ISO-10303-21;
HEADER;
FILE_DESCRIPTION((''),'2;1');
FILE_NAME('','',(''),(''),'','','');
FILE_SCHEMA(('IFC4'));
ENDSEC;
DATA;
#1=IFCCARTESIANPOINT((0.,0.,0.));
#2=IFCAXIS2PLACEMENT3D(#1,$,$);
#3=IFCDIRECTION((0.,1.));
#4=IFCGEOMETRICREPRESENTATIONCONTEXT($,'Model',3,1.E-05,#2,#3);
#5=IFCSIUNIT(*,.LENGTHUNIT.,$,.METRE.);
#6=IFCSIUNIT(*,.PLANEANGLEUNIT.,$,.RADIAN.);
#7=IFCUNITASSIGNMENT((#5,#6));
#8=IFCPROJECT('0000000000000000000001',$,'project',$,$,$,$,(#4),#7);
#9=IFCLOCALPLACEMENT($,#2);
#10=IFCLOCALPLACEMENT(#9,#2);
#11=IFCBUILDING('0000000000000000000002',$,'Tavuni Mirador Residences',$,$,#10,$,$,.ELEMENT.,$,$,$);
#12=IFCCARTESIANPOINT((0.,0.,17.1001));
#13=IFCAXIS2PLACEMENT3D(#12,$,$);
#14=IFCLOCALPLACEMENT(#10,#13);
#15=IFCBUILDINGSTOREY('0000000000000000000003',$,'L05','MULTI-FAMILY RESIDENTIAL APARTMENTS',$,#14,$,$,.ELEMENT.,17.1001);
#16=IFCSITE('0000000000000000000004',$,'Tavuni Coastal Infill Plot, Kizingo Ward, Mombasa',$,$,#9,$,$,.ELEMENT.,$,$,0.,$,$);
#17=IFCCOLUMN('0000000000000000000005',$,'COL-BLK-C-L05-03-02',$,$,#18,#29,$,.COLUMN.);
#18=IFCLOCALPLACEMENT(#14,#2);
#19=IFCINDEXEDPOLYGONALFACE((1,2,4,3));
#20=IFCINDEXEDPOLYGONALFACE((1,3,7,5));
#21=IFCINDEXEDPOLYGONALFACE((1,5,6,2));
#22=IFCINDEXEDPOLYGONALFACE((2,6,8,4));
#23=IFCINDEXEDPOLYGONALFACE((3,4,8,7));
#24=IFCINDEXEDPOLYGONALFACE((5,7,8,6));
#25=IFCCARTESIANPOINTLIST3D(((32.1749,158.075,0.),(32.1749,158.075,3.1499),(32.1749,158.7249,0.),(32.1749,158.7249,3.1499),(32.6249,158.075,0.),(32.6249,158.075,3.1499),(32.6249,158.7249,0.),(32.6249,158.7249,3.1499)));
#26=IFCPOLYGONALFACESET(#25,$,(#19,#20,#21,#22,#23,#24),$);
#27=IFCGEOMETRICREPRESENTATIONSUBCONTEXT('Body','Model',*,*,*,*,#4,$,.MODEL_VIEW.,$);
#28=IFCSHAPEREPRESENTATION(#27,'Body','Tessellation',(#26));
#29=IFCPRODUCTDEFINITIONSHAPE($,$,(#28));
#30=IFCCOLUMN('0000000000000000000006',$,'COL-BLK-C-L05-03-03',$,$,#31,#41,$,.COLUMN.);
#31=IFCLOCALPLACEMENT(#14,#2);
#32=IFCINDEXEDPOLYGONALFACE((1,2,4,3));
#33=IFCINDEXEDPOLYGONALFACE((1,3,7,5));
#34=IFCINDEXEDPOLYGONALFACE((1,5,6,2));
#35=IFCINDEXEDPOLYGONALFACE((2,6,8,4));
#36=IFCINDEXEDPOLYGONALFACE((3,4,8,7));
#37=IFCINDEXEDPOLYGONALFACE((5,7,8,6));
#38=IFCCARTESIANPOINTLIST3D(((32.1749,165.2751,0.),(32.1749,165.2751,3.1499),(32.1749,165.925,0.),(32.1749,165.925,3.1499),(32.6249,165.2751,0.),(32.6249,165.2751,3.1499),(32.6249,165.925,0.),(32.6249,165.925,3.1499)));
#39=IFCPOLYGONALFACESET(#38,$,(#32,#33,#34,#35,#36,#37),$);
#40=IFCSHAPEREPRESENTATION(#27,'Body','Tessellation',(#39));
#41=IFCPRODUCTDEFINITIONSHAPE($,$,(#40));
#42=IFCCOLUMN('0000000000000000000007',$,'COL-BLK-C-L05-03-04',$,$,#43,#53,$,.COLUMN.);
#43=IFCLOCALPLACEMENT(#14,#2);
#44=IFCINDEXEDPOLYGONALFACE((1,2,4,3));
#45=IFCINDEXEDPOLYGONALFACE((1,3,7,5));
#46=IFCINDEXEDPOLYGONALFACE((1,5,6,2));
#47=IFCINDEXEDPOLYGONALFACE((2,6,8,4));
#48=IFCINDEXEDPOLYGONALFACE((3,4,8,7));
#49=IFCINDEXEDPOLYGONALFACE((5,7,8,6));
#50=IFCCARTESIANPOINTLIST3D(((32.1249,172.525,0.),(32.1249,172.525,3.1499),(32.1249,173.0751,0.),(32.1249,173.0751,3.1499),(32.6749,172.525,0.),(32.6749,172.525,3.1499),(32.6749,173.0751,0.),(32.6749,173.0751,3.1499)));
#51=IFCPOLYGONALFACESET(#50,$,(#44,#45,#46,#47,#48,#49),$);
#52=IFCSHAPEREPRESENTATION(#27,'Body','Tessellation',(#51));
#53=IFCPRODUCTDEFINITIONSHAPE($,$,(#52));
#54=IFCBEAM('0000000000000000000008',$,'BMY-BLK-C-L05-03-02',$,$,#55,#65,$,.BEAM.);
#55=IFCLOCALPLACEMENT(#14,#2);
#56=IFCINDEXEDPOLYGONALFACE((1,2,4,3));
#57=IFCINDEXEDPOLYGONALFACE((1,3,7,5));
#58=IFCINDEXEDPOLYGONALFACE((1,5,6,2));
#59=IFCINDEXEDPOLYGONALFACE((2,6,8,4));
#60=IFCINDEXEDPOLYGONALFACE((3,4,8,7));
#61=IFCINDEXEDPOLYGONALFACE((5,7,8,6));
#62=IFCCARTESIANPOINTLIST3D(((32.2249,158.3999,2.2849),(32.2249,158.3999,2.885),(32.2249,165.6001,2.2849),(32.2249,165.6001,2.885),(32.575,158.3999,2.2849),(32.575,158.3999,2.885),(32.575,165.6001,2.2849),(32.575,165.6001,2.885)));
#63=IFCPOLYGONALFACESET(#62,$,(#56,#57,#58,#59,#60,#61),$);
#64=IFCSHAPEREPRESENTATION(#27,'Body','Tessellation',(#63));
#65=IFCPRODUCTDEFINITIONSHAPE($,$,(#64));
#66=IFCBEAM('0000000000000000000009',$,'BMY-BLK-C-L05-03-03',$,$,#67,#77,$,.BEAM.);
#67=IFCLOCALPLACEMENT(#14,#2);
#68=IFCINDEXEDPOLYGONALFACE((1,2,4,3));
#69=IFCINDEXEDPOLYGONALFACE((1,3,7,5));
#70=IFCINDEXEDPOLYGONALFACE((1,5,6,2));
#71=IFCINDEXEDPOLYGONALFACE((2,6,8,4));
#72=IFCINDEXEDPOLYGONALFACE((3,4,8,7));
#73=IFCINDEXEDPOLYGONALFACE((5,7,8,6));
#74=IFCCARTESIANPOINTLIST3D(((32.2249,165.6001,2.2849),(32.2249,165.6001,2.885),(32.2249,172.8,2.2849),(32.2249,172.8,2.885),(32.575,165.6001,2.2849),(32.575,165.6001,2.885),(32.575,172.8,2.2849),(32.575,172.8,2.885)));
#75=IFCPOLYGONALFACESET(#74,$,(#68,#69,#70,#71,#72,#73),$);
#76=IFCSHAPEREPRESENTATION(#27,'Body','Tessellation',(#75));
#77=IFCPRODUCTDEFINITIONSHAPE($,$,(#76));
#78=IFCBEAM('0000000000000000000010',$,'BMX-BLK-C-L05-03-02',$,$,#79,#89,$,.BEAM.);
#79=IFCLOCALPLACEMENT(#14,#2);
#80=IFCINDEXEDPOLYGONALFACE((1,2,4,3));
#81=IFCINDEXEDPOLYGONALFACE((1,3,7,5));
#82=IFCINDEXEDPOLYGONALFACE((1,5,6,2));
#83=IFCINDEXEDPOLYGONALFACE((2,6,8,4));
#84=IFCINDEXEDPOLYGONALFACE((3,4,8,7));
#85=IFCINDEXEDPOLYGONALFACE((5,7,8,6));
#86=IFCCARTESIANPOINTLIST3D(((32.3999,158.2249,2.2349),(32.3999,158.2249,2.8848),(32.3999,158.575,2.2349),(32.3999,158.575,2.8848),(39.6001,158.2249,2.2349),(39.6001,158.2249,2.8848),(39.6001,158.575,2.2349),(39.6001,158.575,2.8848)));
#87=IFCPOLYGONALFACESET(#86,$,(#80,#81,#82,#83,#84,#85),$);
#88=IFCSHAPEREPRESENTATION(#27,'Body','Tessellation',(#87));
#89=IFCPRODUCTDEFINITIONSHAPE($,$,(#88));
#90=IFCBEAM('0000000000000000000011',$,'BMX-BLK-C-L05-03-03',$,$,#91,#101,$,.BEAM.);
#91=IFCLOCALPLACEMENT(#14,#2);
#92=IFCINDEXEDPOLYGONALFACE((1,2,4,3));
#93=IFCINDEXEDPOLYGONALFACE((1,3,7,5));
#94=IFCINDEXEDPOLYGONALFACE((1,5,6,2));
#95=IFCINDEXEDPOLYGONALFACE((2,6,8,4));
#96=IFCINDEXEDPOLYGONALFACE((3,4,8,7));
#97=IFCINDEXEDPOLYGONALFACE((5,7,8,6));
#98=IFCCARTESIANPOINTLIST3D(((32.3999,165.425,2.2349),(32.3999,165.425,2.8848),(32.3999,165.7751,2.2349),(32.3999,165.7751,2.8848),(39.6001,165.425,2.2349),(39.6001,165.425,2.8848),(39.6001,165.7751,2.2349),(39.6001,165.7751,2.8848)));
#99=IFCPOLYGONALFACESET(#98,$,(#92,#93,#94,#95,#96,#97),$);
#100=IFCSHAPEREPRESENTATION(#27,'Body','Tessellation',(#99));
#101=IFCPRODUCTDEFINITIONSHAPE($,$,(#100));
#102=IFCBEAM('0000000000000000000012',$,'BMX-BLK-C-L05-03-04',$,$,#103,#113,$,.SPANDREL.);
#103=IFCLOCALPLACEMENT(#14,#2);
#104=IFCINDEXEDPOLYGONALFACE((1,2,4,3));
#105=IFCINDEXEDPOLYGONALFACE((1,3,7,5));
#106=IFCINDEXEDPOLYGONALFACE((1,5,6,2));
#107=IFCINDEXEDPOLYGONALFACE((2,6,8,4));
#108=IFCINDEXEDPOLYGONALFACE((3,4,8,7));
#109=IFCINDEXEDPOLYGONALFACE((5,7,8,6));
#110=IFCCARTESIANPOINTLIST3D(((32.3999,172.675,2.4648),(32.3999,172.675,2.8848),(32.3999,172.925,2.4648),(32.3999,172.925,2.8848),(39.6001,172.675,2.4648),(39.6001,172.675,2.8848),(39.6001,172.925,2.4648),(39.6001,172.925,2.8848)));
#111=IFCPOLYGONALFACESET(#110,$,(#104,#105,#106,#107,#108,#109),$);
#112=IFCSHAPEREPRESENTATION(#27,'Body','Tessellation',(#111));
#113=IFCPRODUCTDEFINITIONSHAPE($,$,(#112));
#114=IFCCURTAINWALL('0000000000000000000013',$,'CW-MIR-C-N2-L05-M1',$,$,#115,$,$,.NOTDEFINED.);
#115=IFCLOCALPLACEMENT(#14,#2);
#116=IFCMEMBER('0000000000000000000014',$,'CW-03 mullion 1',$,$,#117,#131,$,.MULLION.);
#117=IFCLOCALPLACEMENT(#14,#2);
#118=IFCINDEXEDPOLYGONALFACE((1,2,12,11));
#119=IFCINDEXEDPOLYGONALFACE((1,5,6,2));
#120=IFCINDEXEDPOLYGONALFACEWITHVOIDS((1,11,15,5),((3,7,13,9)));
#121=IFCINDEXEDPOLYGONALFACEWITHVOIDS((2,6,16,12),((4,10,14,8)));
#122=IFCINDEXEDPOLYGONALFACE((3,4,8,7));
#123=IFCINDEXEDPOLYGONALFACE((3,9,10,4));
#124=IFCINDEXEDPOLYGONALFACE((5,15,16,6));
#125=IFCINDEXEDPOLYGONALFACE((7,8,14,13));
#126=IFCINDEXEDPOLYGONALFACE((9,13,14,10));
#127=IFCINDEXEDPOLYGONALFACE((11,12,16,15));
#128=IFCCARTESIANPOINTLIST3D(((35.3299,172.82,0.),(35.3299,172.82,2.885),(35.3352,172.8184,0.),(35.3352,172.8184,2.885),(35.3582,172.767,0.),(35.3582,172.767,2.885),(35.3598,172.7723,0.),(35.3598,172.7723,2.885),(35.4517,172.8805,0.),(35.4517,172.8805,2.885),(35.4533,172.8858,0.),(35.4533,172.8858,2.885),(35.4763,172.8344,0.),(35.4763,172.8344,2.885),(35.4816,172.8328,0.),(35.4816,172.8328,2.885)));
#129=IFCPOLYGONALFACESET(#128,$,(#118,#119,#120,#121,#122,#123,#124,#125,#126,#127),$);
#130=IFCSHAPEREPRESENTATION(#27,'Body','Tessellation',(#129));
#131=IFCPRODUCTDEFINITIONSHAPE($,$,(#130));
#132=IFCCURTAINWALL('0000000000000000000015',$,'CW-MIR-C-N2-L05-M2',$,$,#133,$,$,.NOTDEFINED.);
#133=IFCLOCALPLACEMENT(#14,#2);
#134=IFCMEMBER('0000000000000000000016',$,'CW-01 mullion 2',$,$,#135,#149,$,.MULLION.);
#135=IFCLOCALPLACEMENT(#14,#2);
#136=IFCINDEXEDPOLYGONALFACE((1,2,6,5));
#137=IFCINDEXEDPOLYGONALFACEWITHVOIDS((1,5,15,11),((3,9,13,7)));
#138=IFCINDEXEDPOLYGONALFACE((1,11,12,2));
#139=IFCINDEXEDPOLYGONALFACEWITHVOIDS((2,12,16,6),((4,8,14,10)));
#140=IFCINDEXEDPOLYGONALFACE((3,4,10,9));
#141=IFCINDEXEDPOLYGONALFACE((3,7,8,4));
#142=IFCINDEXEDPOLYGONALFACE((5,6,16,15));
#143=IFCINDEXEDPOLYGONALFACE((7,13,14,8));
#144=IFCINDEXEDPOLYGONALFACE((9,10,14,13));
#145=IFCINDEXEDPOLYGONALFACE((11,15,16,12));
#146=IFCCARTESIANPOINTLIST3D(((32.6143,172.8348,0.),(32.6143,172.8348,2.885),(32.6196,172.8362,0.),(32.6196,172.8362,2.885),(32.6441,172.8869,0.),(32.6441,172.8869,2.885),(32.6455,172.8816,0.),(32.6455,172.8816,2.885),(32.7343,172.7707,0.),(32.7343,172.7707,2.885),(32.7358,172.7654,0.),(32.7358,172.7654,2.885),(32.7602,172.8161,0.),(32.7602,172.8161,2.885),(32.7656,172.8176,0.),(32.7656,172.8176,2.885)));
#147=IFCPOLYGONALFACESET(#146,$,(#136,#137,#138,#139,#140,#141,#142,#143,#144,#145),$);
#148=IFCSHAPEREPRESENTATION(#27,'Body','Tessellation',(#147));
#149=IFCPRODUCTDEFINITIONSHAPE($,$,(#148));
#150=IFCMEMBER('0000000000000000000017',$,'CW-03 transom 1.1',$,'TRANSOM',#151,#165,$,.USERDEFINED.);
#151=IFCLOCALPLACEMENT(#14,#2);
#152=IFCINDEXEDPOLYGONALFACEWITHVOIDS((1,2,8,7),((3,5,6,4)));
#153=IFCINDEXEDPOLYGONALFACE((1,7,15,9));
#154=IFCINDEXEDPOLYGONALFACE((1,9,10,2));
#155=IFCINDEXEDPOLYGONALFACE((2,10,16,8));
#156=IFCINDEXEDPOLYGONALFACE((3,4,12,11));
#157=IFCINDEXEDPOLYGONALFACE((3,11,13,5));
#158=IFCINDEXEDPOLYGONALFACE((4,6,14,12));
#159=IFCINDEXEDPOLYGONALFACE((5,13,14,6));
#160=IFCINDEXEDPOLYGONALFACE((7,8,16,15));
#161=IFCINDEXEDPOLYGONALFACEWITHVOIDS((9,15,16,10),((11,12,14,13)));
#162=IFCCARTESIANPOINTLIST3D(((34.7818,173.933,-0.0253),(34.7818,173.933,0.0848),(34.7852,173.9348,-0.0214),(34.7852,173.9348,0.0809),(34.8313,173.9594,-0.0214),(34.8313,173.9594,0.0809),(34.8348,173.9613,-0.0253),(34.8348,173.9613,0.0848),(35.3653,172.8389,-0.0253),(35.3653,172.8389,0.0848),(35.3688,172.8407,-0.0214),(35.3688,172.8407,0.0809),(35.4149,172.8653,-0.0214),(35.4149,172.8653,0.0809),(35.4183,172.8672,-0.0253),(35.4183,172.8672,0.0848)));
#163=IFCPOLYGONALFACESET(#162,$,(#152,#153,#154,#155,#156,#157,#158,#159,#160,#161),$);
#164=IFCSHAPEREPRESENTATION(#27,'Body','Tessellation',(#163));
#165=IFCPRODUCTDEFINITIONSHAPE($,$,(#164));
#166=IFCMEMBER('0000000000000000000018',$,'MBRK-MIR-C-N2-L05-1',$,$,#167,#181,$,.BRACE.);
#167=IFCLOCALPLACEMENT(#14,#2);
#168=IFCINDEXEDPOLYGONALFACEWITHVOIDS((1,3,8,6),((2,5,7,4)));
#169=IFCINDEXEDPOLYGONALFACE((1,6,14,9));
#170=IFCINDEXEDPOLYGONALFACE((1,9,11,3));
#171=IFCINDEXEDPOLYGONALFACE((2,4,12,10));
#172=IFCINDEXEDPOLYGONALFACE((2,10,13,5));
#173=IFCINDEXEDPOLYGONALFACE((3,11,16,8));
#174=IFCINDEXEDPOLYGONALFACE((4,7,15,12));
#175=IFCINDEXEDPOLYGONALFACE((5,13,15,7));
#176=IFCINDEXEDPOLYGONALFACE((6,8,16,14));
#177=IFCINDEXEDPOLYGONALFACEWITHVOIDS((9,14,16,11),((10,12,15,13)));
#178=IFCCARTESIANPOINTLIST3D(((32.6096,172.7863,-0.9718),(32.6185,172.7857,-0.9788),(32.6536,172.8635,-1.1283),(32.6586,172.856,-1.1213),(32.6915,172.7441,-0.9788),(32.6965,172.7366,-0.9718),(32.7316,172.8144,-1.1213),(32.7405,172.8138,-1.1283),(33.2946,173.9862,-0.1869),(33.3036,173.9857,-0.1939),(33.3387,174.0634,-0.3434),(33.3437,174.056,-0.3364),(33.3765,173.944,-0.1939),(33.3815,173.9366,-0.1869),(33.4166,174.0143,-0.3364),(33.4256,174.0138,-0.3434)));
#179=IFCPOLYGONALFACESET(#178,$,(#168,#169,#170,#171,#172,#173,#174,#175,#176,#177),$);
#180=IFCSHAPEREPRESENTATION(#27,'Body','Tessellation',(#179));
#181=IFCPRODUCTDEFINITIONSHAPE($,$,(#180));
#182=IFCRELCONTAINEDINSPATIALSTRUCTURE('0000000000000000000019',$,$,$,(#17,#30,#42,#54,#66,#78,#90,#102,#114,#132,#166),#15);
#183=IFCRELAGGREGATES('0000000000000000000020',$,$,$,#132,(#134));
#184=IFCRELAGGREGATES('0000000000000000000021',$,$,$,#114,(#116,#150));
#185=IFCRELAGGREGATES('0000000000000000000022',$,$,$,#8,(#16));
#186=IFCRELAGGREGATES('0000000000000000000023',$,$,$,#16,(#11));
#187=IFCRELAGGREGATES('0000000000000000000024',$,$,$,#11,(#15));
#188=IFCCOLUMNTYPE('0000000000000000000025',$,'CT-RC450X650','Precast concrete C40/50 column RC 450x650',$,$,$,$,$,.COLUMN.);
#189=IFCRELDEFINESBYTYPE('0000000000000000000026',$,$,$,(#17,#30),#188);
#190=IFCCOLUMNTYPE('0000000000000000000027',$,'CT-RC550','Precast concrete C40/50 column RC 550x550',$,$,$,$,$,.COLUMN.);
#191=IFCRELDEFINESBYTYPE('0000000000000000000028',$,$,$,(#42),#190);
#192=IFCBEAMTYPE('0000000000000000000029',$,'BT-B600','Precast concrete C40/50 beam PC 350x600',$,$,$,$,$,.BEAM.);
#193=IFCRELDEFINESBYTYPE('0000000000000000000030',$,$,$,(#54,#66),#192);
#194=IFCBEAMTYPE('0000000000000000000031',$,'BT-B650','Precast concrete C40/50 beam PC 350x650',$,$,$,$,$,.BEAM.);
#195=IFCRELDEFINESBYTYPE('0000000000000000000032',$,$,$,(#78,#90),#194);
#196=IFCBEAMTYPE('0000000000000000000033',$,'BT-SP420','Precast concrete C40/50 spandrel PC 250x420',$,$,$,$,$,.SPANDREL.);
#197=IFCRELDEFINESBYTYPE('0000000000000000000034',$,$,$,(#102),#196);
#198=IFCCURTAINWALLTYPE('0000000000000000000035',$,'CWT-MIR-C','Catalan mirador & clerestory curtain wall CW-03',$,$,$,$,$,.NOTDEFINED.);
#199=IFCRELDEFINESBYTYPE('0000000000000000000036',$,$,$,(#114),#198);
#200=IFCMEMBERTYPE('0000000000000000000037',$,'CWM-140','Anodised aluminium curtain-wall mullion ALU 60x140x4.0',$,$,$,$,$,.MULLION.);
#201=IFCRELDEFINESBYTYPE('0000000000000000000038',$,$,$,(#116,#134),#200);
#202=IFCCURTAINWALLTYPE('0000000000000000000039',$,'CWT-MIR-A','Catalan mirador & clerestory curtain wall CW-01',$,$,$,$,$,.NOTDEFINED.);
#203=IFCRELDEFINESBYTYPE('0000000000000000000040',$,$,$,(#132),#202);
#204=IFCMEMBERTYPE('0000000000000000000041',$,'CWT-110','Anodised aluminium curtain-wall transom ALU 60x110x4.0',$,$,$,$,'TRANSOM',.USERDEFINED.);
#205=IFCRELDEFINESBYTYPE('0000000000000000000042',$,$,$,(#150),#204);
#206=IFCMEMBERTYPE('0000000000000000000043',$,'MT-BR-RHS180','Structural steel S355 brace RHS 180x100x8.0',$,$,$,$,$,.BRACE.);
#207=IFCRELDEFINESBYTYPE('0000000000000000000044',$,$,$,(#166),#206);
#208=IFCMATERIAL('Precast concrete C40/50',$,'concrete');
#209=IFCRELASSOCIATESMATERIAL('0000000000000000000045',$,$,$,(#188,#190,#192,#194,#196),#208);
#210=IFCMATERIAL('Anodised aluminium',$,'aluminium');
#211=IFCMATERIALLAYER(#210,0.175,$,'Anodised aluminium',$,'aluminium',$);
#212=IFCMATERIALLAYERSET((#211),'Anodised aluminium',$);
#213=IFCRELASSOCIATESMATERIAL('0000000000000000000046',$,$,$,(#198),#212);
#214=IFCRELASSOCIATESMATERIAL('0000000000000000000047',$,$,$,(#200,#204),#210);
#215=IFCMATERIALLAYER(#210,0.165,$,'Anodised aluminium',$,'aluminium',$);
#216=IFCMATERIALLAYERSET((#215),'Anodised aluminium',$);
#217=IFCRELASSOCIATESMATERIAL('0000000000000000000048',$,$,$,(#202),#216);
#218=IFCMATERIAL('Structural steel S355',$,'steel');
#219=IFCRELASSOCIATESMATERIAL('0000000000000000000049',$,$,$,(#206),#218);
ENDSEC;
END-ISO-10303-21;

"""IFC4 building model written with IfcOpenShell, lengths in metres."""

from ifc_helpers import new_model, si_unit, direction, frame, origin, origin_2d, place, context, subcontext, project, spatial, rectangle, hollow_rectangle, extrude, material, layer, layer_set, material_profile, profile_set, type_object, element, aggregate, save


model = new_model("IFC4")

# Units and contexts
model_context = context("Model", 3, precision=1e-05, world=origin(), true_north=direction((0.0, 1.0)))
body_context = subcontext(model_context, "Body", "Model", "MODEL_VIEW")
ifc_project = project(units=[si_unit("LENGTHUNIT", "METRE"), si_unit("PLANEANGLEUNIT", "RADIAN")], contexts=[model_context])

# Site, building, storey
site_placement = place(None, origin())
site = spatial("IfcSite", under=ifc_project, at=site_placement, Name="Tavuni Coastal Infill Plot, Kizingo Ward, Mombasa", CompositionType="ELEMENT", RefElevation=0.0)
building_placement = place(site_placement, origin())
building = spatial("IfcBuilding", under=site, at=building_placement, Name="Tavuni Mirador Residences", CompositionType="ELEMENT")
storey_placement = place(building_placement, frame((0.0, 0.0, 17.1001)))
storey = spatial("IfcBuildingStorey", under=building, at=storey_placement, Name="L05", Description="MULTI-FAMILY RESIDENTIAL APARTMENTS", CompositionType="ELEMENT", Elevation=17.1001)

# Columns
ifc_material_1 = material(Name="Precast concrete C40/50", Category="concrete")
ifc_material_profile_1 = material_profile(ifc_material_1, rectangle(XDim=0.45, YDim=0.6499, at=origin_2d()), Name="RC 450x650", Category="concrete")
ifc_profile_set_1 = profile_set([ifc_material_profile_1], Name="Precast concrete C40/50")
column_type_1 = type_object("IfcColumnType", Name="CT-RC450X650", Description="Precast concrete C40/50 column RC 450x650", PredefinedType="COLUMN", material=ifc_profile_set_1)
for number, where, z_axis, x_axis, name in (
    (1, (32.3999, 158.3999, 0.0), (0.0, 0.0, 1.0), (1.0, 0.0, 0.0), "COL-BLK-C-L05-03-02"),
    (2, (32.3999, 165.6001, 0.0), (0.0, 0.0, 1.0), (1.0, 0.0, 0.0), "COL-BLK-C-L05-03-03"),
):
    element("IfcColumn", number, at=place(storey_placement, frame(where, z_axis=z_axis, x_axis=x_axis)), inside=storey, type_object=column_type_1, Name=name, PredefinedType="COLUMN", context=body_context, shape_type="SweptSolid", body=[
        extrude(rectangle(XDim=0.45, YDim=0.6499, at=origin_2d()), origin(), (0.0, 0.0, 1.0), 3.1499),
    ])
ifc_material_profile_2 = material_profile(ifc_material_1, rectangle(XDim=0.55, YDim=0.55, at=origin_2d()), Name="RC 550x550", Category="concrete")
ifc_profile_set_2 = profile_set([ifc_material_profile_2], Name="Precast concrete C40/50")
column_type_2 = type_object("IfcColumnType", Name="CT-RC550", Description="Precast concrete C40/50 column RC 550x550", PredefinedType="COLUMN", material=ifc_profile_set_2)
column_placement = place(storey_placement, frame((32.3999, 172.8, 0.0), z_axis=(0.0, 0.0, 1.0), x_axis=(1.0, 0.0, 0.0)))
element("IfcColumn", 3, at=column_placement, inside=storey, type_object=column_type_2, Name="COL-BLK-C-L05-03-04", PredefinedType="COLUMN", context=body_context, shape_type="SweptSolid", body=[
    extrude(rectangle(XDim=0.55, YDim=0.55, at=origin_2d()), origin(), (0.0, 0.0, 1.0), 3.1499),
])

# Beams
ifc_material_profile_3 = material_profile(ifc_material_1, rectangle(XDim=0.3501, YDim=0.6001, at=origin_2d()), Name="PC 350x600", Category="concrete")
ifc_profile_set_3 = profile_set([ifc_material_profile_3], Name="Precast concrete C40/50")
beam_type_1 = type_object("IfcBeamType", Name="BT-B600", Description="Precast concrete C40/50 beam PC 350x600", PredefinedType="BEAM", material=ifc_profile_set_3)
beam_1_placement = place(storey_placement, frame((32.3999, 158.3999, 2.585), z_axis=(0.0, 1.0, 0.0), x_axis=(-1.0, 0.0, 0.0)))
element("IfcBeam", 4, at=beam_1_placement, inside=storey, type_object=beam_type_1, Name="BMY-BLK-C-L05-03-02", PredefinedType="BEAM", context=body_context, shape_type="SweptSolid", body=[
    extrude(rectangle(XDim=0.3501, YDim=0.6001, at=origin_2d()), origin(), (0.0, 0.0, 1.0), 7.2002),
])
beam_2_placement = place(storey_placement, frame((32.3999, 165.6001, 2.585), z_axis=(0.0, 1.0, 0.0), x_axis=(-1.0, 0.0, 0.0)))
element("IfcBeam", 5, at=beam_2_placement, inside=storey, type_object=beam_type_1, Name="BMY-BLK-C-L05-03-03", PredefinedType="BEAM", context=body_context, shape_type="SweptSolid", body=[
    extrude(rectangle(XDim=0.3501, YDim=0.6001, at=origin_2d()), origin(), (0.0, 0.0, 1.0), 7.2),
])
ifc_material_profile_4 = material_profile(ifc_material_1, rectangle(XDim=0.3501, YDim=0.6499, at=origin_2d()), Name="PC 350x650", Category="concrete")
ifc_profile_set_4 = profile_set([ifc_material_profile_4], Name="Precast concrete C40/50")
beam_type_2 = type_object("IfcBeamType", Name="BT-B650", Description="Precast concrete C40/50 beam PC 350x650", PredefinedType="BEAM", material=ifc_profile_set_4)
for number, where, z_axis, x_axis, name in (
    (6, (32.3999, 158.3999, 2.5598), (1.0, 0.0, 0.0), (0.0, 1.0, 0.0), "BMX-BLK-C-L05-03-02"),
    (7, (32.3999, 165.6001, 2.5598), (1.0, 0.0, 0.0), (0.0, 1.0, 0.0), "BMX-BLK-C-L05-03-03"),
):
    element("IfcBeam", number, at=place(storey_placement, frame(where, z_axis=z_axis, x_axis=x_axis)), inside=storey, type_object=beam_type_2, Name=name, PredefinedType="BEAM", context=body_context, shape_type="SweptSolid", body=[
        extrude(rectangle(XDim=0.3501, YDim=0.6499, at=origin_2d()), origin(), (0.0, 0.0, 1.0), 7.2002),
    ])
ifc_material_profile_5 = material_profile(ifc_material_1, rectangle(XDim=0.25, YDim=0.4199, at=origin_2d()), Name="PC 250x420", Category="concrete")
ifc_profile_set_5 = profile_set([ifc_material_profile_5], Name="Precast concrete C40/50")
beam_type_3 = type_object("IfcBeamType", Name="BT-SP420", Description="Precast concrete C40/50 spandrel PC 250x420", PredefinedType="SPANDREL", material=ifc_profile_set_5)
beam_3_placement = place(storey_placement, frame((32.3999, 172.8, 2.6748), z_axis=(1.0, 0.0, 0.0), x_axis=(0.0, 1.0, 0.0)))
element("IfcBeam", 8, at=beam_3_placement, inside=storey, type_object=beam_type_3, Name="BMX-BLK-C-L05-03-04", PredefinedType="SPANDREL", context=body_context, shape_type="SweptSolid", body=[
    extrude(rectangle(XDim=0.25, YDim=0.4199, at=origin_2d()), origin(), (0.0, 0.0, 1.0), 7.2002),
])

# Curtain walls, members
ifc_material_2 = material(Name="Anodised aluminium", Category="aluminium")
ifc_layer_1 = layer(ifc_material_2, 0.175, Name="Anodised aluminium", Category="aluminium")
ifc_layer_set_1 = layer_set([ifc_layer_1], Name="Anodised aluminium")
curtain_wall_type_1 = type_object("IfcCurtainWallType", Name="CWT-MIR-C", Description="Catalan mirador & clerestory curtain wall CW-03", PredefinedType="NOTDEFINED", material=ifc_layer_set_1)
curtain_wall_1_placement = place(storey_placement, origin())
curtain_wall_1 = element("IfcCurtainWall", 9, at=curtain_wall_1_placement, inside=storey, type_object=curtain_wall_type_1, Name="CW-MIR-C-N2-L05-M1", PredefinedType="NOTDEFINED")
ifc_material_profile_6 = material_profile(ifc_material_2, hollow_rectangle(XDim=0.0601, YDim=0.1399, WallThickness=0.0039, at=origin_2d()), Name="ALU 60x140x4.0", Category="aluminium")
ifc_profile_set_6 = profile_set([ifc_material_profile_6], Name="Anodised aluminium")
member_type_1 = type_object("IfcMemberType", Name="CWM-140", Description="Anodised aluminium curtain-wall mullion ALU 60x140x4.0", PredefinedType="MULLION", material=ifc_profile_set_6)
member_1_placement = place(storey_placement, frame((35.4058, 172.8264, 0.0), z_axis=(0.0, 0.0, 1.0), x_axis=(-0.470588, 0.882353, 0.0)))
member_1 = element("IfcMember", 10, at=member_1_placement, type_object=member_type_1, Name="CW-03 mullion 1", PredefinedType="MULLION", context=body_context, shape_type="SweptSolid", body=[
    extrude(hollow_rectangle(XDim=0.0601, YDim=0.1399, WallThickness=0.0039, at=origin_2d()), origin(), (0.0, 0.0, 1.0), 2.885),
])
ifc_layer_2 = layer(ifc_material_2, 0.165, Name="Anodised aluminium", Category="aluminium")
ifc_layer_set_2 = layer_set([ifc_layer_2], Name="Anodised aluminium")
curtain_wall_type_2 = type_object("IfcCurtainWallType", Name="CWT-MIR-A", Description="Catalan mirador & clerestory curtain wall CW-01", PredefinedType="NOTDEFINED", material=ifc_layer_set_2)
curtain_wall_2_placement = place(storey_placement, origin())
curtain_wall_2 = element("IfcCurtainWall", 11, at=curtain_wall_2_placement, inside=storey, type_object=curtain_wall_type_2, Name="CW-MIR-C-N2-L05-M2", PredefinedType="NOTDEFINED")
member_2_placement = place(storey_placement, frame((32.6899, 172.8262, 0.0), z_axis=(0.0, 0.0, 1.0), x_axis=(-0.495749, -0.868466, 0.0)))
member_2 = element("IfcMember", 12, at=member_2_placement, type_object=member_type_1, Name="CW-01 mullion 2", PredefinedType="MULLION", context=body_context, shape_type="SweptSolid", body=[
    extrude(hollow_rectangle(XDim=0.0601, YDim=0.1399, WallThickness=0.0039, at=origin_2d()), origin(), (0.0, 0.0, 1.0), 2.885),
])
aggregate(curtain_wall_2, [member_2])

# Member
ifc_material_profile_7 = material_profile(ifc_material_2, hollow_rectangle(XDim=0.0601, YDim=0.1101, WallThickness=0.0039, at=origin_2d()), Name="ALU 60x110x4.0", Category="aluminium")
ifc_profile_set_7 = profile_set([ifc_material_profile_7], Name="Anodised aluminium")
member_type_2 = type_object("IfcMemberType", Name="CWT-110", Description="Anodised aluminium curtain-wall transom ALU 60x110x4.0", ElementType="TRANSOM", PredefinedType="USERDEFINED", material=ifc_profile_set_7)
member_3_placement = place(storey_placement, frame((35.3918, 172.853, 0.0298), z_axis=(-0.470609, 0.882342, 0.0), x_axis=(-0.882342, -0.470609, 0.0)))
member_3 = element("IfcMember", 13, at=member_3_placement, type_object=member_type_2, Name="CW-03 transom 1.1", ObjectType="TRANSOM", PredefinedType="USERDEFINED", context=body_context, shape_type="SweptSolid", body=[
    extrude(hollow_rectangle(XDim=0.0601, YDim=0.1101, WallThickness=0.0039, at=origin_2d()), origin(), (0.0, 0.0, 1.0), 1.24),
])
aggregate(curtain_wall_1, [member_1, member_3])

# Member
ifc_material_3 = material(Name="Structural steel S355", Category="steel")
ifc_material_profile_8 = material_profile(ifc_material_3, hollow_rectangle(XDim=0.1001, YDim=0.1799, WallThickness=0.0081, at=origin_2d()), Name="RHS 180x100x8.0", Category="steel")
ifc_profile_set_8 = profile_set([ifc_material_profile_8], Name="Structural steel S355")
member_type_3 = type_object("IfcMemberType", Name="MT-BR-RHS180", Description="Structural steel S355 brace RHS 180x100x8.0", PredefinedType="BRACE", material=ifc_profile_set_8)
member_4_placement = place(storey_placement, frame((32.675, 172.8, -1.05), z_axis=(0.431095, 0.755108, 0.493931), x_axis=(-0.868439, 0.495796, 0.0)))
element("IfcMember", 14, at=member_4_placement, inside=storey, type_object=member_type_3, Name="MBRK-MIR-C-N2-L05-1", PredefinedType="BRACE", context=body_context, shape_type="SweptSolid", body=[
    extrude(hollow_rectangle(XDim=0.1001, YDim=0.1799, WallThickness=0.0081, at=origin_2d()), origin(), (0.0, 0.0, 1.0), 1.5891),
])

save(model, "model.ifc")
